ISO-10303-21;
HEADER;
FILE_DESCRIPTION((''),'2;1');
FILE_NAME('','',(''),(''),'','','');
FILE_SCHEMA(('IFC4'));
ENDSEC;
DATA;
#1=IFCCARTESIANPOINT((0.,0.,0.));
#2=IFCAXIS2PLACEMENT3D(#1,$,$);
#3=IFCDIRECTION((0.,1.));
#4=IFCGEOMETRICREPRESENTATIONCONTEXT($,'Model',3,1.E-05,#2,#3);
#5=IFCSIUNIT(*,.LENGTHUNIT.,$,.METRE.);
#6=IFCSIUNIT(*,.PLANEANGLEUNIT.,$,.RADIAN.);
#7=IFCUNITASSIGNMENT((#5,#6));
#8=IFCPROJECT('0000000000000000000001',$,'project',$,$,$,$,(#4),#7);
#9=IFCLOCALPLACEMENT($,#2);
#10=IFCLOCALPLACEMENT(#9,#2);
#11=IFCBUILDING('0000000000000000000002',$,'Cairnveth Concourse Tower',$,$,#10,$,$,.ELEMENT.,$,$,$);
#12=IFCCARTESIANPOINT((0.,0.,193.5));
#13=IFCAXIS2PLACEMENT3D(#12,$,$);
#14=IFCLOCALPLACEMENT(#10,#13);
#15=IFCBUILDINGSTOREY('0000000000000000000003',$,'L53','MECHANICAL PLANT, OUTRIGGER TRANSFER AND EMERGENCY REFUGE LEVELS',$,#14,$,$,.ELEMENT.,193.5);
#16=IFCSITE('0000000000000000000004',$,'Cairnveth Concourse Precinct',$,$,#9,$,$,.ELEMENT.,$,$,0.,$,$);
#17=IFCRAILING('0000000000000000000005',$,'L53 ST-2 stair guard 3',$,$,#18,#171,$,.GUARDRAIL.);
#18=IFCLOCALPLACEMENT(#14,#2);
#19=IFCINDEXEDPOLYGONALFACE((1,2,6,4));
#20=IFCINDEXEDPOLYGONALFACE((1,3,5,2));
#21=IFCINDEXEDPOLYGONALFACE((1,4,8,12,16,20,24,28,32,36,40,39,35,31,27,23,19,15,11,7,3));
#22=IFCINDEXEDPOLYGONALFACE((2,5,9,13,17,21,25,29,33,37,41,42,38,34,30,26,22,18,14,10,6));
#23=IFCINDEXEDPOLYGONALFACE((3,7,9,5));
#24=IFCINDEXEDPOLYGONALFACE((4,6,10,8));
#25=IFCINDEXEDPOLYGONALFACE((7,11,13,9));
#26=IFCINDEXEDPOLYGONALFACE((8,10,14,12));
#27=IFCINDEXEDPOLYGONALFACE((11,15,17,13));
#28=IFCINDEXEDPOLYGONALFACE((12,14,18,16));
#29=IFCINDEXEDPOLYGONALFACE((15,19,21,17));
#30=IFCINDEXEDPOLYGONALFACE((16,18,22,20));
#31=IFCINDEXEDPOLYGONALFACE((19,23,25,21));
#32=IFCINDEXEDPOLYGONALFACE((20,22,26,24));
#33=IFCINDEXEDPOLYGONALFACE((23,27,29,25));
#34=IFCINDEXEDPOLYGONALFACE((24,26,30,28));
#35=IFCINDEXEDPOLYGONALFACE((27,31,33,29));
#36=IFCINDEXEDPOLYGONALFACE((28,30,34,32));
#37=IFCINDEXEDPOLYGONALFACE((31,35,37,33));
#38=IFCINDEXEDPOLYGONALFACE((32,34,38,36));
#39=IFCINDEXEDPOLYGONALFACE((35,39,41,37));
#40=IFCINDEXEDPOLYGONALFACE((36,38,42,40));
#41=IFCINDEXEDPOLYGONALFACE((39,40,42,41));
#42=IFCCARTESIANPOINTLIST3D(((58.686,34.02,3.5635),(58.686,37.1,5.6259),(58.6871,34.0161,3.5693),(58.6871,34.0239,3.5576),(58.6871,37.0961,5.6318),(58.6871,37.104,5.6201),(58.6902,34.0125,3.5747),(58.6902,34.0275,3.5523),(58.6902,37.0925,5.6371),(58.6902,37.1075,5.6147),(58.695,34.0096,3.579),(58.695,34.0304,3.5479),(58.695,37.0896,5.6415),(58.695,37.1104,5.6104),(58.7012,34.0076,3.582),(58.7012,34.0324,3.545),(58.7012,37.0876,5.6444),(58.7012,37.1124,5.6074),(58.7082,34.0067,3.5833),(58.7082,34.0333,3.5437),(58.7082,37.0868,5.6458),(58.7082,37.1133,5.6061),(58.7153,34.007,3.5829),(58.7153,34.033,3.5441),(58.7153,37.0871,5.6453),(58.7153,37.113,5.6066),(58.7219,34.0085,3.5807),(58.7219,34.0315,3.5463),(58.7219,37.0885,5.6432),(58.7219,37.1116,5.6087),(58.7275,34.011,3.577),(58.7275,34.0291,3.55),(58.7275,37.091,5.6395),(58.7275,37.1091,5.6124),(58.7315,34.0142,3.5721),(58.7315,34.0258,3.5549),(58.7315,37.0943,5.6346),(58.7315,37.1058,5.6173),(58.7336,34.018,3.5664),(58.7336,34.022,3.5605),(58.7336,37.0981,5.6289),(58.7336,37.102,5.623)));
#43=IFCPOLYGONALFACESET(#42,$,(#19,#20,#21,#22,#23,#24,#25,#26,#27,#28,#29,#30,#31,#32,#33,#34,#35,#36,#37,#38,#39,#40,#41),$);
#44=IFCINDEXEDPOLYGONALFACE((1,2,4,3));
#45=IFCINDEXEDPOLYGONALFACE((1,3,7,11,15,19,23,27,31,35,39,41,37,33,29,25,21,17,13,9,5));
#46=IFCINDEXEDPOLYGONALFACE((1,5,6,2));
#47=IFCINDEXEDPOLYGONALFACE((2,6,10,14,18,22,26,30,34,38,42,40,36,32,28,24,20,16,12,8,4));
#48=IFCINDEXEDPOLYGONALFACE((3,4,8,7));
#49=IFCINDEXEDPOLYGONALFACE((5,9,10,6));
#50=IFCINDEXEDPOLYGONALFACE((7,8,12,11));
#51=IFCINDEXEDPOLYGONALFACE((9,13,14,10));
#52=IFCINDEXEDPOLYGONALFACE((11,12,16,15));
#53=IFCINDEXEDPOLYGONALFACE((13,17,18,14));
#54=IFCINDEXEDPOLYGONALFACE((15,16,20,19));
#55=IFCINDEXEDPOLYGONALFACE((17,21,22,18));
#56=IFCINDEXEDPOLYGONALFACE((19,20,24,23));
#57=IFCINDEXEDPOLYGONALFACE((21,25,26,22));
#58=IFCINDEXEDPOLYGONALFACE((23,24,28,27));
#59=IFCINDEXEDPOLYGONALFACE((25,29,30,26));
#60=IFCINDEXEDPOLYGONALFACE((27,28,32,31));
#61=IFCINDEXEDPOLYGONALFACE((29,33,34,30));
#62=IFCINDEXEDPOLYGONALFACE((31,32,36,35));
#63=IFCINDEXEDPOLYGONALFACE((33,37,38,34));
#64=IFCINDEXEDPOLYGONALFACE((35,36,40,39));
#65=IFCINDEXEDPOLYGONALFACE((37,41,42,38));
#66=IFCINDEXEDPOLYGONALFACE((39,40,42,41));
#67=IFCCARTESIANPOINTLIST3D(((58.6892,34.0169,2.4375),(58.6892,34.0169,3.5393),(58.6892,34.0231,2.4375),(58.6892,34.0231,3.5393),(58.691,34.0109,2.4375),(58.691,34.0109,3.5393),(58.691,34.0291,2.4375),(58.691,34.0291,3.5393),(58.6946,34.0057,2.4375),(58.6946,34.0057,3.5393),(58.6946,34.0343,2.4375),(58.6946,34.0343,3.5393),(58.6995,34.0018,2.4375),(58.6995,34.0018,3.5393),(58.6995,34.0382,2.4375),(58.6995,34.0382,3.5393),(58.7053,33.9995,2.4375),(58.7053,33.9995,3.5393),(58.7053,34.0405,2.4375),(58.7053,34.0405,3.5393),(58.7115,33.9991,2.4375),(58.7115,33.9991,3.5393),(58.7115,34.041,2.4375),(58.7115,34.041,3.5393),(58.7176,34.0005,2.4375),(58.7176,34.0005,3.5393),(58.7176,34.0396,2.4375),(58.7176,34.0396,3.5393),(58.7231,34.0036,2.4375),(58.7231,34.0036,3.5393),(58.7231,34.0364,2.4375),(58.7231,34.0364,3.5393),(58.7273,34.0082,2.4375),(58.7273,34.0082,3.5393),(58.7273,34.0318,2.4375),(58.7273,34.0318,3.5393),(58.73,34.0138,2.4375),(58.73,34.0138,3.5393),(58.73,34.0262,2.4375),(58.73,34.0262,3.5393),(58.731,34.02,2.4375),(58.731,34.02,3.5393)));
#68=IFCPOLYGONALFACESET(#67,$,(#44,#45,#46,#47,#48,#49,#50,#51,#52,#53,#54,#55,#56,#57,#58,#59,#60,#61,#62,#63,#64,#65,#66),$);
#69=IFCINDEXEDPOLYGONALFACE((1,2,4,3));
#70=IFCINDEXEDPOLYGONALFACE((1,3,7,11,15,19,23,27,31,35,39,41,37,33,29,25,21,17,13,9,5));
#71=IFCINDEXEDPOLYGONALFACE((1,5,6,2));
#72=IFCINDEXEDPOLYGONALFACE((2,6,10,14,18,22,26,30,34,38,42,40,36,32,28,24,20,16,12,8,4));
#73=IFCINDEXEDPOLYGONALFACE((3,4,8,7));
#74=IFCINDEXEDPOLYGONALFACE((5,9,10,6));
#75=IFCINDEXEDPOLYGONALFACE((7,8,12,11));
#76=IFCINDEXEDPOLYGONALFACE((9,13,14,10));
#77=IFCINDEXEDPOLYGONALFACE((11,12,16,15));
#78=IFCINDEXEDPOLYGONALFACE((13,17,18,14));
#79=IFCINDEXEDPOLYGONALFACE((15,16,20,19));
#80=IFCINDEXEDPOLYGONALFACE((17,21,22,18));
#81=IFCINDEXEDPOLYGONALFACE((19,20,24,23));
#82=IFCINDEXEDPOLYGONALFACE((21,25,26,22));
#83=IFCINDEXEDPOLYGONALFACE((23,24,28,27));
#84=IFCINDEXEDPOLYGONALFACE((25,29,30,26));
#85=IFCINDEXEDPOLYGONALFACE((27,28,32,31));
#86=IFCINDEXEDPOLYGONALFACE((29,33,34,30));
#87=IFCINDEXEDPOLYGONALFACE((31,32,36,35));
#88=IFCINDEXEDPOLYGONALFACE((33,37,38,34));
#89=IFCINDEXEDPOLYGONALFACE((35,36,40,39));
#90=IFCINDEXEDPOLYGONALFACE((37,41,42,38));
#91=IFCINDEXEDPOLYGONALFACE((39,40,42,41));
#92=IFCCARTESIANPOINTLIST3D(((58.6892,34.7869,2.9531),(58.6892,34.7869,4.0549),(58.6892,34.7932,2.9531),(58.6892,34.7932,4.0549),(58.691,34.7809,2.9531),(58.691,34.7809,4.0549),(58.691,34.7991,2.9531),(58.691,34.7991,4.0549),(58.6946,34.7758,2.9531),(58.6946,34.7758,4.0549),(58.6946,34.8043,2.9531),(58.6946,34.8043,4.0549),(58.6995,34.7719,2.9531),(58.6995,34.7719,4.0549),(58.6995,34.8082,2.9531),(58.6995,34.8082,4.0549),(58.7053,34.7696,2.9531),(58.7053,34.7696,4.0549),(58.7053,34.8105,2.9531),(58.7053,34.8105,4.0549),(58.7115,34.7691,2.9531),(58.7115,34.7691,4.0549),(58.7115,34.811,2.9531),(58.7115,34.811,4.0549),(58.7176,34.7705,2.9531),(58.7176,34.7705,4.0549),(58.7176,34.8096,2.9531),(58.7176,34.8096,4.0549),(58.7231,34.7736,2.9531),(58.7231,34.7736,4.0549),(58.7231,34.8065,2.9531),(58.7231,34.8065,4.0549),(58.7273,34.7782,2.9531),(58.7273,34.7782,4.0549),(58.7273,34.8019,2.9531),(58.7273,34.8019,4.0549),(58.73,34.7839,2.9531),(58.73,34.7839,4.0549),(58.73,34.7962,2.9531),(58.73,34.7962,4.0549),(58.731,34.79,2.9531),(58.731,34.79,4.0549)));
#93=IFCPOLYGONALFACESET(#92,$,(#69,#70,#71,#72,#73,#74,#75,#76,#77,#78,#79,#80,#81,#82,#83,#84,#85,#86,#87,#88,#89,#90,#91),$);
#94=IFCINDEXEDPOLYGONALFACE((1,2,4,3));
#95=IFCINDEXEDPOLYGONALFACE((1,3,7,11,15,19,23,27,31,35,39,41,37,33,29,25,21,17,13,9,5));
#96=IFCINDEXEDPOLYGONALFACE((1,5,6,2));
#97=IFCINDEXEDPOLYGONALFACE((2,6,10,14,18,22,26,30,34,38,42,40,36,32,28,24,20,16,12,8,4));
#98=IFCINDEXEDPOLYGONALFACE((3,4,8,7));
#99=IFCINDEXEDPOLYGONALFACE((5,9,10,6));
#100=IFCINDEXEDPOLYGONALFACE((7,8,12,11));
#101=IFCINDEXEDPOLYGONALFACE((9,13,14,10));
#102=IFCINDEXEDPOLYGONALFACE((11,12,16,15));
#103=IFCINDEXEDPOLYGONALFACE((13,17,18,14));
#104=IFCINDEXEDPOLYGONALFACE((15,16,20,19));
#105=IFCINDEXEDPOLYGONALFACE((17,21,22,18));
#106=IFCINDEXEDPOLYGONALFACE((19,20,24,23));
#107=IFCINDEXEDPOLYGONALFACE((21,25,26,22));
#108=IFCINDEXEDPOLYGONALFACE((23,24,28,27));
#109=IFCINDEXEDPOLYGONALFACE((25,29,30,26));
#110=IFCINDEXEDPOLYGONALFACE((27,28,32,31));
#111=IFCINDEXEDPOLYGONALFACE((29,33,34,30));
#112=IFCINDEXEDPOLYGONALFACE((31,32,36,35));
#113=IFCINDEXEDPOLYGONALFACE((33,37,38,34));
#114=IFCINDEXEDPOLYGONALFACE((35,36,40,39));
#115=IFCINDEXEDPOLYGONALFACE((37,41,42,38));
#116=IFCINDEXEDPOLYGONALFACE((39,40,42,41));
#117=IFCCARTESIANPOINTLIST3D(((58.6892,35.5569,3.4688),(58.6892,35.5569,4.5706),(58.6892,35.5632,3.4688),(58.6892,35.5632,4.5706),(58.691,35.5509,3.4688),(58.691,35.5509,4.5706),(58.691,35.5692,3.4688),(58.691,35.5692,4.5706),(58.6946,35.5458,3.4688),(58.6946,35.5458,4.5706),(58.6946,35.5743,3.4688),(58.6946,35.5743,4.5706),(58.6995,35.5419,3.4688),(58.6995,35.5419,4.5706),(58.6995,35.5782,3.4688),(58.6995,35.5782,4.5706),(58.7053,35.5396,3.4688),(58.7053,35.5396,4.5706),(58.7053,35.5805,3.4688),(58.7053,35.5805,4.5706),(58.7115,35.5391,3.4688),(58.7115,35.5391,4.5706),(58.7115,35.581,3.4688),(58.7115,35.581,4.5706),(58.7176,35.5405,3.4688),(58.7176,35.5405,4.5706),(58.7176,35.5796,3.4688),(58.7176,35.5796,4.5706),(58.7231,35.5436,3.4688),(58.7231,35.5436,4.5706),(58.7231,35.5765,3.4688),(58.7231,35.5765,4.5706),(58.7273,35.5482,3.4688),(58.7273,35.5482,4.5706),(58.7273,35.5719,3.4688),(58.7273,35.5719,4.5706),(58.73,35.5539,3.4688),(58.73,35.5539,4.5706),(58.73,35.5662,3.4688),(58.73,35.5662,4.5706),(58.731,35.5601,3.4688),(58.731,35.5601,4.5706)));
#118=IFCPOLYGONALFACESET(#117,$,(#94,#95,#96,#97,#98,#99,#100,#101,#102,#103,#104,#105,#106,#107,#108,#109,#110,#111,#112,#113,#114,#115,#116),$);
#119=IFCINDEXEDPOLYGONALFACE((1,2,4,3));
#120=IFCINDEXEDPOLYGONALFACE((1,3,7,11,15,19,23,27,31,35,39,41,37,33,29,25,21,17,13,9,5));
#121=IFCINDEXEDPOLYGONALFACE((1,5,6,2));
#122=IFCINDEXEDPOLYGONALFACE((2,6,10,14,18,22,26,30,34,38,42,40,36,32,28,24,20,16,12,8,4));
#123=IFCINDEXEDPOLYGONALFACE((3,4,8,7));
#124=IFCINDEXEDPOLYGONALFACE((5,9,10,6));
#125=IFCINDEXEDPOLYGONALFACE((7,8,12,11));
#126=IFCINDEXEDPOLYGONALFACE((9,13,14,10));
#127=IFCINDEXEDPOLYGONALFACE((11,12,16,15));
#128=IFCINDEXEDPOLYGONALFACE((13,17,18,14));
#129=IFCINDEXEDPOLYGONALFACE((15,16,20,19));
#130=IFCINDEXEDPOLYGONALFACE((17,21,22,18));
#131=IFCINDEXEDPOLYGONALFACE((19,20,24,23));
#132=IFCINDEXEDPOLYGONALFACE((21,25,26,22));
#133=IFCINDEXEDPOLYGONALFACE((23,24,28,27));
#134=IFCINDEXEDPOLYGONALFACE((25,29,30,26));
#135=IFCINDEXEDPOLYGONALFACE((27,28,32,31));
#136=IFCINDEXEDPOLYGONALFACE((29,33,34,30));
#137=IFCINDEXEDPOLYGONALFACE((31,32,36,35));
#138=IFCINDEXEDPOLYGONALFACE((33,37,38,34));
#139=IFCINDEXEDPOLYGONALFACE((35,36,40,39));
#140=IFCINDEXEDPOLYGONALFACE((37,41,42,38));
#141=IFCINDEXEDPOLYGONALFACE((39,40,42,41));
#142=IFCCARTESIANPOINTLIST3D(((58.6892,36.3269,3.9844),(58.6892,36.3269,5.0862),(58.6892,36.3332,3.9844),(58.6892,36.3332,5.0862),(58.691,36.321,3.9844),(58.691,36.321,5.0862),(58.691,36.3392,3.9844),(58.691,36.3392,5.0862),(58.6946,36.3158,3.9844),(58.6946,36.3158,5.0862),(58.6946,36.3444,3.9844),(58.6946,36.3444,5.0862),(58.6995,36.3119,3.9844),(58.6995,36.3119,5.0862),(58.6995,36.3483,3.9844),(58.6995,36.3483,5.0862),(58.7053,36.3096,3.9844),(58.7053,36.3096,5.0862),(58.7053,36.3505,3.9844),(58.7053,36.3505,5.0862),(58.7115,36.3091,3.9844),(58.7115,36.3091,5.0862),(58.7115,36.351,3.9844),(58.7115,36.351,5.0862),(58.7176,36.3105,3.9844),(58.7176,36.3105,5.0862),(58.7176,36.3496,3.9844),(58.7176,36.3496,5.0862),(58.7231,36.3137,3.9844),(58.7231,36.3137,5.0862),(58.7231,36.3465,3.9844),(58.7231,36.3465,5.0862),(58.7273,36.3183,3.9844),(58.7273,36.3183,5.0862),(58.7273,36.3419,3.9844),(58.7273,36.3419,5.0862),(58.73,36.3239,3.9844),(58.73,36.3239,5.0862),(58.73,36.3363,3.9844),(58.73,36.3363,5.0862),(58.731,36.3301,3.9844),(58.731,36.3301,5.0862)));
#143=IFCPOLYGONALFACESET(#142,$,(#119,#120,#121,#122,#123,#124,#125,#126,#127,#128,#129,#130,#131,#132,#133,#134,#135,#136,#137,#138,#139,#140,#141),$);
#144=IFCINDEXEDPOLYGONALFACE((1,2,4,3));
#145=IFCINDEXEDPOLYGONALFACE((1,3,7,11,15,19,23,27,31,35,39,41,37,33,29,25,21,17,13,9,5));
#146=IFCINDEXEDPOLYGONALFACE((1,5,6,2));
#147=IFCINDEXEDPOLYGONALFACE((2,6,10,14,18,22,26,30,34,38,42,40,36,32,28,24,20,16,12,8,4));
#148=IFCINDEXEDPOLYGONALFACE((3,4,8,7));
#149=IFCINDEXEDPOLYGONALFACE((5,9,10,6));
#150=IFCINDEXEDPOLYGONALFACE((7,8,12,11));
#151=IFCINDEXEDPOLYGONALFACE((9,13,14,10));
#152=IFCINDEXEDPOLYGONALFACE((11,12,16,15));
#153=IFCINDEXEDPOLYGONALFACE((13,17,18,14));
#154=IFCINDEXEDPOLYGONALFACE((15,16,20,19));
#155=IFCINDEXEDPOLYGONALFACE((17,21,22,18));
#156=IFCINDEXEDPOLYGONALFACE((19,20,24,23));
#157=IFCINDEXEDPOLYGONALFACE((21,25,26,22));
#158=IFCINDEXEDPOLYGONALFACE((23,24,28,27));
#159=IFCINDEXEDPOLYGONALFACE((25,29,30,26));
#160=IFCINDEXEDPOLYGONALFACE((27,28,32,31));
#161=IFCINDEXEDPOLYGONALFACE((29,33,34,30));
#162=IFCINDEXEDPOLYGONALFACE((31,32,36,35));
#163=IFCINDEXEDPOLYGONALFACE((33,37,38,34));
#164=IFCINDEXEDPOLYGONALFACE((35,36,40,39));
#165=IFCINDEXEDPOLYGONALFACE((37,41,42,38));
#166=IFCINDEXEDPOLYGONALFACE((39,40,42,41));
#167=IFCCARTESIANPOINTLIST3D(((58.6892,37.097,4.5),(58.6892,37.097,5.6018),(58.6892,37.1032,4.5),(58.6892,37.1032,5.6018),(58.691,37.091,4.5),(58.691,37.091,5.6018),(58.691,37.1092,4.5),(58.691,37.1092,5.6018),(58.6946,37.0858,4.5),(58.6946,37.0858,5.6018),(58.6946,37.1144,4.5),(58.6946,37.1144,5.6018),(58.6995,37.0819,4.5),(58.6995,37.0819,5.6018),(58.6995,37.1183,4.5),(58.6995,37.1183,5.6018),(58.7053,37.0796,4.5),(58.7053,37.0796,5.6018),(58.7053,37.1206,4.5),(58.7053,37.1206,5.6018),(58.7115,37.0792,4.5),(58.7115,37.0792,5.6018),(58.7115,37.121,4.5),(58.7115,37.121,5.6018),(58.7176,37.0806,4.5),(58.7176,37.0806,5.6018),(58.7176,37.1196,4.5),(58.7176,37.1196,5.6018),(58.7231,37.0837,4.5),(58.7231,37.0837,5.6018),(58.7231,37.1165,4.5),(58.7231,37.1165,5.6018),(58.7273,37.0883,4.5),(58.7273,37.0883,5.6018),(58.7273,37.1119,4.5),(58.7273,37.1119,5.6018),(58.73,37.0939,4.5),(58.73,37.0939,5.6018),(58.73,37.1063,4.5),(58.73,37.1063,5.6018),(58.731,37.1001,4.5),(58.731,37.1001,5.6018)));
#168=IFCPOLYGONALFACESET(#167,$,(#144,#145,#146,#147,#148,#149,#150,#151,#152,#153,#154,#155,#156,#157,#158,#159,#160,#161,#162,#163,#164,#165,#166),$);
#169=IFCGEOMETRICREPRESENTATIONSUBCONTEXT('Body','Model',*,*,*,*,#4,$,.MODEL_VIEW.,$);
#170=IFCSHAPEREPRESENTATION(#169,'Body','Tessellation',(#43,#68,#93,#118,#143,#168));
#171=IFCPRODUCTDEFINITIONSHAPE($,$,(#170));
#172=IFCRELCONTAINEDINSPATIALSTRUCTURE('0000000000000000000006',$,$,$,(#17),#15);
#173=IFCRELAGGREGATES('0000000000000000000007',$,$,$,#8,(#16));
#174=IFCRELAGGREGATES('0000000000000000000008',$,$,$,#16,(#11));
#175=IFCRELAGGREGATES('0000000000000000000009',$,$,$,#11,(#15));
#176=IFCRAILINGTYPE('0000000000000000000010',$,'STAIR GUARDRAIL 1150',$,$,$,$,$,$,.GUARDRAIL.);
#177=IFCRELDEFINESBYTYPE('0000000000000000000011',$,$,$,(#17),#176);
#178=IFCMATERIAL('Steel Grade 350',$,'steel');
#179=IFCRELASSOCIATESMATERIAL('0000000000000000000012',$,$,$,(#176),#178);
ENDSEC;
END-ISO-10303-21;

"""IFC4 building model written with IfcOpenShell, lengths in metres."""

from ifc_helpers import new_model, si_unit, direction, frame, origin, origin_2d, place, context, subcontext, project, spatial, circle, extrude, material, type_object, element, save


model = new_model("IFC4")

# Units and contexts
model_context = context("Model", 3, precision=1e-05, world=origin(), true_north=direction((0.0, 1.0)))
body_context = subcontext(model_context, "Body", "Model", "MODEL_VIEW")
ifc_project = project(units=[si_unit("LENGTHUNIT", "METRE"), si_unit("PLANEANGLEUNIT", "RADIAN")], contexts=[model_context])

# Site, building, storey
site_placement = place(None, origin())
site = spatial("IfcSite", under=ifc_project, at=site_placement, Name="Cairnveth Concourse Precinct", CompositionType="ELEMENT", RefElevation=0.0)
building_placement = place(site_placement, origin())
building = spatial("IfcBuilding", under=site, at=building_placement, Name="Cairnveth Concourse Tower", CompositionType="ELEMENT")
storey_placement = place(building_placement, frame((0.0, 0.0, 193.5)))
storey = spatial("IfcBuildingStorey", under=building, at=storey_placement, Name="L53", Description="MECHANICAL PLANT, OUTRIGGER TRANSFER AND EMERGENCY REFUGE LEVELS", CompositionType="ELEMENT", Elevation=193.5)

# Shared definitions
ifc_material_1 = material(Name="Steel Grade 350", Category="steel")

# Railing
railing_type_1 = type_object("IfcRailingType", Name="STAIR GUARDRAIL 1150", PredefinedType="GUARDRAIL", material=ifc_material_1)
railing_1_placement = place(storey_placement, frame((58.71, 34.02, 2.4375)))
element("IfcRailing", 1, at=railing_1_placement, inside=storey, type_object=railing_type_1, Name="L53 ST-2 stair guard 3", PredefinedType="GUARDRAIL", context=body_context, shape_type="SweptSolid", body=[
    extrude(circle(Radius=0.0239, at=origin_2d()), frame((0.0, 0.0, 1.126), z_axis=(0.0, 0.830914, 0.556401), x_axis=(-1.0, 0.0, 0.0)), (0.0, 0.0, 1.0), 3.7068),
    extrude(circle(Radius=0.021, at=origin_2d()), origin(), (0.0, 0.0, 1.0), 1.1018),
    extrude(circle(Radius=0.021, at=origin_2d()), frame((0.0, 0.77, 0.5156)), (0.0, 0.0, 1.0), 1.1018),
    extrude(circle(Radius=0.021, at=origin_2d()), frame((0.0, 1.54, 1.0312)), (0.0, 0.0, 1.0), 1.1018),
    extrude(circle(Radius=0.021, at=origin_2d()), frame((0.0, 2.3101, 1.5469)), (0.0, 0.0, 1.0), 1.1018),
    extrude(circle(Radius=0.021, at=origin_2d()), frame((0.0, 3.0801, 2.0625)), (0.0, 0.0, 1.0), 1.1018),
])

save(model, "model.ifc")
